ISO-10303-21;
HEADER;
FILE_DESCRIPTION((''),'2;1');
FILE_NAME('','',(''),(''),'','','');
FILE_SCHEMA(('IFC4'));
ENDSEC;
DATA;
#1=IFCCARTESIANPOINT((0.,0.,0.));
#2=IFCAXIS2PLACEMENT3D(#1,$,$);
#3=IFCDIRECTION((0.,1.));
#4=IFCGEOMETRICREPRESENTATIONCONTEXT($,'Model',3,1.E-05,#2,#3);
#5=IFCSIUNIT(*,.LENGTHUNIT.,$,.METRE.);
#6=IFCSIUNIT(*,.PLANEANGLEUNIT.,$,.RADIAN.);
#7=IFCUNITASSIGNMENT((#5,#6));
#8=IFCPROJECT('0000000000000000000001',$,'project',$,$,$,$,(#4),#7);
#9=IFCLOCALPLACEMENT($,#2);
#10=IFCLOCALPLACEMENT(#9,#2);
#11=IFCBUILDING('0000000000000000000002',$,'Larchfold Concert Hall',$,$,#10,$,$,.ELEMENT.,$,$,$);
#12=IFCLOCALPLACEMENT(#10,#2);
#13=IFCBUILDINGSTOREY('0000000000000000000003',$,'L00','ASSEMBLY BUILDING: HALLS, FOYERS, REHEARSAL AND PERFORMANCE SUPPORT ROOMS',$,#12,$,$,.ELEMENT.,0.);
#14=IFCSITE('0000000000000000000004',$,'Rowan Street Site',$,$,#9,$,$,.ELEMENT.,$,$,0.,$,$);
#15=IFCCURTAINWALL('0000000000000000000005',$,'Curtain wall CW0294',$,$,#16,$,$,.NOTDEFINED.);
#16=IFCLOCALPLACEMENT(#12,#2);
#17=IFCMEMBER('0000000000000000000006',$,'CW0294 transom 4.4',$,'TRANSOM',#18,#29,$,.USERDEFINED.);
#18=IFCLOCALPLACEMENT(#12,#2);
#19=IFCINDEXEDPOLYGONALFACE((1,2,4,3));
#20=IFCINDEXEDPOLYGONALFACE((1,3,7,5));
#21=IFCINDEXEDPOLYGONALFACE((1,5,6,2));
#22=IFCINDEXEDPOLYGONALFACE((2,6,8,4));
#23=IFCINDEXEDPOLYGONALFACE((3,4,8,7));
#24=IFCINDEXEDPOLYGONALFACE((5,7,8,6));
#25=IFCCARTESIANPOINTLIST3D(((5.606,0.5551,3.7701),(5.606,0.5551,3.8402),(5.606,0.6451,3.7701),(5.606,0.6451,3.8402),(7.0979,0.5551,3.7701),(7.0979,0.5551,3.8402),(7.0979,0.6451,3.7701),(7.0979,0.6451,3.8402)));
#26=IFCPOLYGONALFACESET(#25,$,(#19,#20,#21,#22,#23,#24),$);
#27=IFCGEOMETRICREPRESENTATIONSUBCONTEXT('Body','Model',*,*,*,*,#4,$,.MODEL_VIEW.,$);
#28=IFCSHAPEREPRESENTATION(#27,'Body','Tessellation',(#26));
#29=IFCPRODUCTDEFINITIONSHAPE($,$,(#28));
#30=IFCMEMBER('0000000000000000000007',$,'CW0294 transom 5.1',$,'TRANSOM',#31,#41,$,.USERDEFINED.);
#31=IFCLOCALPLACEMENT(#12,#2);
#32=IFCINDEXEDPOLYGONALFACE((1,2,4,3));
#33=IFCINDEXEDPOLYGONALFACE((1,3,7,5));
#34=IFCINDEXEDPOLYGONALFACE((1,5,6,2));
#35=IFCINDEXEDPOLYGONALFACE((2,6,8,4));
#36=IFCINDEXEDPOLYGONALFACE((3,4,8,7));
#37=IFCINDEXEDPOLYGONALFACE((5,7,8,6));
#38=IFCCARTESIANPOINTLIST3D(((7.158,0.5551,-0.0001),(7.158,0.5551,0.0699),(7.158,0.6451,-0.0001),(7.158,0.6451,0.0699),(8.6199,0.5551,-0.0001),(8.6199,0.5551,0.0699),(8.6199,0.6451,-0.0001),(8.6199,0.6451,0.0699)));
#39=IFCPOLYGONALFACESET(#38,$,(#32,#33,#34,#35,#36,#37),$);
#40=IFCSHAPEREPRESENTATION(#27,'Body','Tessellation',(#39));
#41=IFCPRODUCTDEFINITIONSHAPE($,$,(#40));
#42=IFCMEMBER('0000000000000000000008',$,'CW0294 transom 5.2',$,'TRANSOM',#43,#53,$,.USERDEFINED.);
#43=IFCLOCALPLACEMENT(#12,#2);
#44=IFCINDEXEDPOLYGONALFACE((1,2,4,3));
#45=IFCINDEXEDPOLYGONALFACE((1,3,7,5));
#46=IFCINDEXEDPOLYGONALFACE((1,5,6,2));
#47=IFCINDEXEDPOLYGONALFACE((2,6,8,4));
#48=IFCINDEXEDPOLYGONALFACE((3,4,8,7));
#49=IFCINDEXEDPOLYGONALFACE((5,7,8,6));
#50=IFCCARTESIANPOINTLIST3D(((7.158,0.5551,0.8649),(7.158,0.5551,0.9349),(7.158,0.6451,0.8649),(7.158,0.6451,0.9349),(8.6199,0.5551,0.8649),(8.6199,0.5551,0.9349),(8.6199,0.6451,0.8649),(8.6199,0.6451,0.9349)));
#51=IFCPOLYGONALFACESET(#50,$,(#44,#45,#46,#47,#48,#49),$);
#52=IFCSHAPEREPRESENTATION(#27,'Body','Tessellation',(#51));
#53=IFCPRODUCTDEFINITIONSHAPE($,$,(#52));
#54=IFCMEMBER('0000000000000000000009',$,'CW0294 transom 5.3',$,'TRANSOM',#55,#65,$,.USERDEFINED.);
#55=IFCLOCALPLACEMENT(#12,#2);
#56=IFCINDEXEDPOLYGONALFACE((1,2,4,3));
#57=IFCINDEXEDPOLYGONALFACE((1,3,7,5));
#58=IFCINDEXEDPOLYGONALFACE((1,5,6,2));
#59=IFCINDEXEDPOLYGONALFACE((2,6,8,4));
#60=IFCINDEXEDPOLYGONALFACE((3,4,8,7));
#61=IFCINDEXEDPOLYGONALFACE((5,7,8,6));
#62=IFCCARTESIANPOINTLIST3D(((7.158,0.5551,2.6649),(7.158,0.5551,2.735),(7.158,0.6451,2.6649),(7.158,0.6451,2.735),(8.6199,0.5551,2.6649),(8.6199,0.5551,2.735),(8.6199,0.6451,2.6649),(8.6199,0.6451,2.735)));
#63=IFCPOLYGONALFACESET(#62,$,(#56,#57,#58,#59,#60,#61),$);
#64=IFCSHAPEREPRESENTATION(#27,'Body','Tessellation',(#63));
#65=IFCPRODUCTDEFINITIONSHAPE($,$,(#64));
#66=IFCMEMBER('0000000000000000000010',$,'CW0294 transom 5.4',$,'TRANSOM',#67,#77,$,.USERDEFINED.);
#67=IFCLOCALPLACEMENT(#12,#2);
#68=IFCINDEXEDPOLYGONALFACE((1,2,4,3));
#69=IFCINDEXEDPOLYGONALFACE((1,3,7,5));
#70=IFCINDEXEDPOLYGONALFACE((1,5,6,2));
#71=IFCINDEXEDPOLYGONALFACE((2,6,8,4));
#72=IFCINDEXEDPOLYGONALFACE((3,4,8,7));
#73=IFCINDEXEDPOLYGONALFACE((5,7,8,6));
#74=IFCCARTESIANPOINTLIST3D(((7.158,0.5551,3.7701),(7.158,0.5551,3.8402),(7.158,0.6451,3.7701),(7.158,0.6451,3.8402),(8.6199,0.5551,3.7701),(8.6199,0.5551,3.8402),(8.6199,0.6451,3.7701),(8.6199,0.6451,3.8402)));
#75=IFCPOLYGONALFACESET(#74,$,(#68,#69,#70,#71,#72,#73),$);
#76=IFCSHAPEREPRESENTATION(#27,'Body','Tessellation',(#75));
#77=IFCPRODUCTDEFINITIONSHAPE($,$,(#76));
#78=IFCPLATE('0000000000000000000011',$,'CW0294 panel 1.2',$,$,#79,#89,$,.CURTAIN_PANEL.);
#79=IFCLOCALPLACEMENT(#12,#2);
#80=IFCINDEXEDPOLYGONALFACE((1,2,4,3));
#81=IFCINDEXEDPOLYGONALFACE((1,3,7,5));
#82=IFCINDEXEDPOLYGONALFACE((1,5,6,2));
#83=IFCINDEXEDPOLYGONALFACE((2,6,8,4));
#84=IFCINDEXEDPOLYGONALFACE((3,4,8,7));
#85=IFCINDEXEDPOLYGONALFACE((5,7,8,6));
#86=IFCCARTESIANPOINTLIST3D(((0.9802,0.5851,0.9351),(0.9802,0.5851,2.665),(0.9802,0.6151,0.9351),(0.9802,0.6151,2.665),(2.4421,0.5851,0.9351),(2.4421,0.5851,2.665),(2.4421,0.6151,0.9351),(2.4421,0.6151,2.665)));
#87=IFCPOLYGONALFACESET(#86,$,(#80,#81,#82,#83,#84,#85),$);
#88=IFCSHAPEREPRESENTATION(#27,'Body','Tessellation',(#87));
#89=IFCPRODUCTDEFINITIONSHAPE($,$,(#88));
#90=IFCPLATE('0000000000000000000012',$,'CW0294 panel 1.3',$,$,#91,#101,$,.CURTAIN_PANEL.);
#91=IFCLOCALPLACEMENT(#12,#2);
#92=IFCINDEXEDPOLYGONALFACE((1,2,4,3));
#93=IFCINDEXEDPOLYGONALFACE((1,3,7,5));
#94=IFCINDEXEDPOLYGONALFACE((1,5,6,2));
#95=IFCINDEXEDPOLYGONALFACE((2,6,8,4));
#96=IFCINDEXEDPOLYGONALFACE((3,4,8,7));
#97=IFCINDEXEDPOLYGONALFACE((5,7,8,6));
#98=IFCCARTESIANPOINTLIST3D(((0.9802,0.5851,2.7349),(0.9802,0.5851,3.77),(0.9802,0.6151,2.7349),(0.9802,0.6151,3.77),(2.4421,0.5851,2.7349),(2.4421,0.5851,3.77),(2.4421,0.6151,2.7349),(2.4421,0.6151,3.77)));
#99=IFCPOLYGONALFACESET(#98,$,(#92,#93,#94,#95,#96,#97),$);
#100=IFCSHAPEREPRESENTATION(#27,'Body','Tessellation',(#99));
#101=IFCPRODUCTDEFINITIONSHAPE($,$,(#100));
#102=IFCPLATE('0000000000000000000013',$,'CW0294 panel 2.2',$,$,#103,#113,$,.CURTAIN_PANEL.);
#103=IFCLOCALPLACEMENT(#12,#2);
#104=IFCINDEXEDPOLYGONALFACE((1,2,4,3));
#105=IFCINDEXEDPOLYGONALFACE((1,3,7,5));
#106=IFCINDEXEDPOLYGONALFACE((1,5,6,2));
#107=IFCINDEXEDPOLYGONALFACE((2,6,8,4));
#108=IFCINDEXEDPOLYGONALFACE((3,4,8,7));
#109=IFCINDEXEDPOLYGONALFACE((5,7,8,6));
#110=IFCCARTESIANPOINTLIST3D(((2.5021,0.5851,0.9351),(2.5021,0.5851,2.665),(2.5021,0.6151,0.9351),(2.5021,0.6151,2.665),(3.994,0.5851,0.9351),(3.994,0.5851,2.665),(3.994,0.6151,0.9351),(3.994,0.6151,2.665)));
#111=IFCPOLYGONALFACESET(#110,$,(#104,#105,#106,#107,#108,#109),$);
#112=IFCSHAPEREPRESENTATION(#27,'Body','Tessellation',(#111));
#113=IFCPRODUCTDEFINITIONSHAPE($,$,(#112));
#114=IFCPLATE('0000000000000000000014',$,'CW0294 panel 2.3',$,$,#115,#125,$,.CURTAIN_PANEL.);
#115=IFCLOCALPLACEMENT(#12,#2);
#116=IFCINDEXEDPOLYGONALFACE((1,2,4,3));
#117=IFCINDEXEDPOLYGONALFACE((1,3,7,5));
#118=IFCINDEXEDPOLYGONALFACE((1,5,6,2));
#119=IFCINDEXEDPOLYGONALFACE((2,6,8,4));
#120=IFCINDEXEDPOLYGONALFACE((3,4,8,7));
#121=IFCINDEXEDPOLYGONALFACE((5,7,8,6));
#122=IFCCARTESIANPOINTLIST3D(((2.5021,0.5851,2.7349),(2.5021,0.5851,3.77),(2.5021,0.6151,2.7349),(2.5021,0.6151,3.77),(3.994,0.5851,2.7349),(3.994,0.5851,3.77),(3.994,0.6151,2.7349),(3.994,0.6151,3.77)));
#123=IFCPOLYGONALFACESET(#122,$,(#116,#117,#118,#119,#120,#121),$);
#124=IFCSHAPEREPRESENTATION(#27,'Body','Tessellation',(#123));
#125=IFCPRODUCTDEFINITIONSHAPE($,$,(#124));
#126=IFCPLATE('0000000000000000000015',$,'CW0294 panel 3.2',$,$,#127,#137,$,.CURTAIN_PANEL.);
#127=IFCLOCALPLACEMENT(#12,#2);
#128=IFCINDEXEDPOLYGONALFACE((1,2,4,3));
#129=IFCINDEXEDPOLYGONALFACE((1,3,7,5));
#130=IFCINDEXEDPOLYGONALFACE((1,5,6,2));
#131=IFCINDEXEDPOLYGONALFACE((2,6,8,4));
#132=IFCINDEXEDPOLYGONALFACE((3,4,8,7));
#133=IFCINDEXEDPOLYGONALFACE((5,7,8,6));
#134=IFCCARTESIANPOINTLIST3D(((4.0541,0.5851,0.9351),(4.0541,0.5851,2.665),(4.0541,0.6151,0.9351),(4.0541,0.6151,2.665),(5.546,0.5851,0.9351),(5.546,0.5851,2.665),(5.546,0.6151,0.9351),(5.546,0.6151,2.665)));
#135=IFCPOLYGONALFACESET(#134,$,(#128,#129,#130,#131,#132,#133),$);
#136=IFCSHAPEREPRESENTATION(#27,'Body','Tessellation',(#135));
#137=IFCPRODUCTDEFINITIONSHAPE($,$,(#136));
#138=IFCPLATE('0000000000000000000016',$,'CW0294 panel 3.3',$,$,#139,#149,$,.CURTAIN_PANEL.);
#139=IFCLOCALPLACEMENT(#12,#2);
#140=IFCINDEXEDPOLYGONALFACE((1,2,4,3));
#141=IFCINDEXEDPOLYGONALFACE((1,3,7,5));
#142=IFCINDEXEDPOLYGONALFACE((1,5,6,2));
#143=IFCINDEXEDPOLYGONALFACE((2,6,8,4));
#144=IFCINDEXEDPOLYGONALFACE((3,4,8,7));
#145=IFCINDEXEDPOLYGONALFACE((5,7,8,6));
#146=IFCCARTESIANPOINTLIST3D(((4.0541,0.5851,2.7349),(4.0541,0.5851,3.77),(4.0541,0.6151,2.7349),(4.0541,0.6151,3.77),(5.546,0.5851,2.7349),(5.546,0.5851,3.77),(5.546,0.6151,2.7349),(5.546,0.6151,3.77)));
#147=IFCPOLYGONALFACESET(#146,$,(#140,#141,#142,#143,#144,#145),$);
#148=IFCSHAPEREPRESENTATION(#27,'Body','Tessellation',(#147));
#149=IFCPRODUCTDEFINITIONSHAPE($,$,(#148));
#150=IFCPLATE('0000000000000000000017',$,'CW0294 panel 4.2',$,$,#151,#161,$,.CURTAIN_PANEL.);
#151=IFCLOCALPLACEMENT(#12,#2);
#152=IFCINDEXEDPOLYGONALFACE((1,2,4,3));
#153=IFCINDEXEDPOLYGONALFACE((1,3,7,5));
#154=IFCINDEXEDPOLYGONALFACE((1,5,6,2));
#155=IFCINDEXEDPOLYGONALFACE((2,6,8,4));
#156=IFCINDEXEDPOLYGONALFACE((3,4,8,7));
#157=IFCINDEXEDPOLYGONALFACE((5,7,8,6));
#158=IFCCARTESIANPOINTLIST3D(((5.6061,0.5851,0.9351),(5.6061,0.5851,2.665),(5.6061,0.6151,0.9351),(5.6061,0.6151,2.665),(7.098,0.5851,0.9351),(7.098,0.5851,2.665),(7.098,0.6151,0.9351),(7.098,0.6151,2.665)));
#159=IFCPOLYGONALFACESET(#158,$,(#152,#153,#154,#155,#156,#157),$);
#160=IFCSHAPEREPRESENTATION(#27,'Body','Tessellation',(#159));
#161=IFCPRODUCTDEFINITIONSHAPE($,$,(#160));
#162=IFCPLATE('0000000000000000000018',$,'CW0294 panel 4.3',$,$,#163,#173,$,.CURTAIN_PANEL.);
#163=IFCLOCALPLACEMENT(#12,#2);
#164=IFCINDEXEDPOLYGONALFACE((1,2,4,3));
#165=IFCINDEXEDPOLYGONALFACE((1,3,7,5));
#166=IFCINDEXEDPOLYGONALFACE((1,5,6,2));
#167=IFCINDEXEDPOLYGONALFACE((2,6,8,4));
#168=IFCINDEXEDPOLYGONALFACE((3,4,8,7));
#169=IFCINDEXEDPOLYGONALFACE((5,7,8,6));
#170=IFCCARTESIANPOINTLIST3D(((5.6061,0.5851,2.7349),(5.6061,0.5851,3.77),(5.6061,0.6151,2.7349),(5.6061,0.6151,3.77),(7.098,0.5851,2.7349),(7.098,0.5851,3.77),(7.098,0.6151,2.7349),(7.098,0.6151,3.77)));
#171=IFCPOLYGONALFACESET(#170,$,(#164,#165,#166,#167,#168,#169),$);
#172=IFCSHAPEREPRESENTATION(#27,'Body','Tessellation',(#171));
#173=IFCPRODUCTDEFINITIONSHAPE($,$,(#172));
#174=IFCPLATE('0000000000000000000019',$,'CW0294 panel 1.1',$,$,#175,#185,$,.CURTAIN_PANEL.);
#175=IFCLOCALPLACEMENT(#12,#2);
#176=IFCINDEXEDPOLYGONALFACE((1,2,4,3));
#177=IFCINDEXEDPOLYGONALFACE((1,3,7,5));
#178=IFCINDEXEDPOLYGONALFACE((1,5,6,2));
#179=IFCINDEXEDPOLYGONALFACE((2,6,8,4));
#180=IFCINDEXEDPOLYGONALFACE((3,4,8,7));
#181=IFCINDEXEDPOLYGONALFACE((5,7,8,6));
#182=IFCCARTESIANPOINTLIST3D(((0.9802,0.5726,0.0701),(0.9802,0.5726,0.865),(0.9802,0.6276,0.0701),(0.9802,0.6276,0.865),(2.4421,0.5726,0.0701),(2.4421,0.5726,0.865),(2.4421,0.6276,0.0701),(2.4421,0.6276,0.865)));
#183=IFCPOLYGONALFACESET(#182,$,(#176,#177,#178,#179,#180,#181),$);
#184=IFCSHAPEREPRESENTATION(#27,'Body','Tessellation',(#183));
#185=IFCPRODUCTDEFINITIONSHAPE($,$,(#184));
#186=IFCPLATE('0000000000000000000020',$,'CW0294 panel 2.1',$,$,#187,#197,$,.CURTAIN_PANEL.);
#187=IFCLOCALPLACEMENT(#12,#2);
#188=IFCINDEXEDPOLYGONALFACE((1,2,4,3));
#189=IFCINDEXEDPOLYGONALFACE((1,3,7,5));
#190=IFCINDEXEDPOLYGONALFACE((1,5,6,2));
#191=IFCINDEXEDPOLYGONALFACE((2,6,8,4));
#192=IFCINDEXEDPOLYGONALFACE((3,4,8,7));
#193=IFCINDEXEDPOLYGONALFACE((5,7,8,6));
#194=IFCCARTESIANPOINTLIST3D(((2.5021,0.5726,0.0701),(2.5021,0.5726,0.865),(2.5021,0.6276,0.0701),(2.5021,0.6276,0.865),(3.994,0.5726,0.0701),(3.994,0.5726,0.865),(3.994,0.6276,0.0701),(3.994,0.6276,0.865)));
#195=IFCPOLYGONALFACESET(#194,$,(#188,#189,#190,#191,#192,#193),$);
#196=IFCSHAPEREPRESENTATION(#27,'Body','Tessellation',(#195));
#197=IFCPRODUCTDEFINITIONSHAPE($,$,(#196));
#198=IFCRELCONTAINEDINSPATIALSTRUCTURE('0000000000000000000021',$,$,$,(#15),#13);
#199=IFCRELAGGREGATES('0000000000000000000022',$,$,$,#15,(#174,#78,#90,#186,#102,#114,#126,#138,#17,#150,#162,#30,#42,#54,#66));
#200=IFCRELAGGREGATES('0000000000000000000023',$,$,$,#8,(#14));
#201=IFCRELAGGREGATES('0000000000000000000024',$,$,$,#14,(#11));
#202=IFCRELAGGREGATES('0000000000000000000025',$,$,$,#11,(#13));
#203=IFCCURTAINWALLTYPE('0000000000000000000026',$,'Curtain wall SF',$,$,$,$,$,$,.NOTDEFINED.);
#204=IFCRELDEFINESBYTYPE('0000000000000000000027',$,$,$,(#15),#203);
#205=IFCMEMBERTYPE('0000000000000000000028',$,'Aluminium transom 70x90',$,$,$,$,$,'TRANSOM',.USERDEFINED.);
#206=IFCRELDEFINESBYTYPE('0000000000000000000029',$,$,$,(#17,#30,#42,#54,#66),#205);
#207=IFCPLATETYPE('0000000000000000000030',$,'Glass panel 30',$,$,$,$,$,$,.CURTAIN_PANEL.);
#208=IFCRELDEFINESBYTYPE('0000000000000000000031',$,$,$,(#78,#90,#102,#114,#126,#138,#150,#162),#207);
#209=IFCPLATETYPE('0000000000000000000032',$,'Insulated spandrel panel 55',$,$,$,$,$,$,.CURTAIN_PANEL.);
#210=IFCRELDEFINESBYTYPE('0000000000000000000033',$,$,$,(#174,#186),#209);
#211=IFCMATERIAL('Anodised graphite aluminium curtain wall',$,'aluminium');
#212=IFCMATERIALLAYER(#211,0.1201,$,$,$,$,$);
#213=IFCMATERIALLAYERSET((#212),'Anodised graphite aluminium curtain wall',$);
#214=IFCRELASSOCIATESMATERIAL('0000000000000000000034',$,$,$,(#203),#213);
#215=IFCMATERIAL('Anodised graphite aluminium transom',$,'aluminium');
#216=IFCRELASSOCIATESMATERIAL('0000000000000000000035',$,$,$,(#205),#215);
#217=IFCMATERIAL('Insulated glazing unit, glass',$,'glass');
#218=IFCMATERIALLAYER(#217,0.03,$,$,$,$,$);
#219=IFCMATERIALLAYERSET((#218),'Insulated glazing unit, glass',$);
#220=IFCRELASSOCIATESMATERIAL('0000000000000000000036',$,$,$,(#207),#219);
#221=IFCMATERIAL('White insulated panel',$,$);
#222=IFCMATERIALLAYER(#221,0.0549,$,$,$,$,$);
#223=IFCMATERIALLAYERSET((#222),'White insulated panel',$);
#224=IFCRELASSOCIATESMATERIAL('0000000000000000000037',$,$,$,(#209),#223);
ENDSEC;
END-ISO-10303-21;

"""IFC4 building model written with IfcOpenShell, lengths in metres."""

from ifc_helpers import new_model, si_unit, direction, frame, origin, origin_2d, place, context, subcontext, project, spatial, rectangle, extrude, material, layer, layer_set, material_profile, profile_set, type_object, element, aggregate, save


model = new_model("IFC4")

# Units and contexts
model_context = context("Model", 3, precision=1e-05, world=origin(), true_north=direction((0.0, 1.0)))
body_context = subcontext(model_context, "Body", "Model", "MODEL_VIEW")
ifc_project = project(units=[si_unit("LENGTHUNIT", "METRE"), si_unit("PLANEANGLEUNIT", "RADIAN")], contexts=[model_context])

# Site, building, storey
site_placement = place(None, origin())
site = spatial("IfcSite", under=ifc_project, at=site_placement, Name="Rowan Street Site", CompositionType="ELEMENT", RefElevation=0.0)
building_placement = place(site_placement, origin())
building = spatial("IfcBuilding", under=site, at=building_placement, Name="Larchfold Concert Hall", CompositionType="ELEMENT")
storey_placement = place(building_placement, origin())
storey = spatial("IfcBuildingStorey", under=building, at=storey_placement, Name="L00", Description="ASSEMBLY BUILDING: HALLS, FOYERS, REHEARSAL AND PERFORMANCE SUPPORT ROOMS", CompositionType="ELEMENT", Elevation=0.0)

# Curtain wall, members, plates
ifc_material_1 = material(Name="Anodised graphite aluminium curtain wall", Category="aluminium")
ifc_layer_1 = layer(ifc_material_1, 0.1201)
ifc_layer_set_1 = layer_set([ifc_layer_1], Name="Anodised graphite aluminium curtain wall")
curtain_wall_type = type_object("IfcCurtainWallType", Name="Curtain wall SF", PredefinedType="NOTDEFINED", material=ifc_layer_set_1)
curtain_wall_placement = place(storey_placement, origin())
curtain_wall = element("IfcCurtainWall", 1, at=curtain_wall_placement, inside=storey, type_object=curtain_wall_type, Name="Curtain wall CW0294", PredefinedType="NOTDEFINED")
ifc_material_2 = material(Name="Anodised graphite aluminium transom", Category="aluminium")
ifc_material_profile_1 = material_profile(ifc_material_2, rectangle(XDim=0.0901, YDim=0.0701, at=origin_2d()))
ifc_profile_set_1 = profile_set([ifc_material_profile_1], Name="Anodised graphite aluminium transom")
member_type_1 = type_object("IfcMemberType", Name="Aluminium transom 70x90", ElementType="TRANSOM", PredefinedType="USERDEFINED", material=ifc_profile_set_1)
member_1_placement = place(storey_placement, frame((5.606, 0.6001, 3.8052), z_axis=(1.0, 0.0, 0.0), x_axis=(0.0, 1.0, 0.0)))
member_1 = element("IfcMember", 2, at=member_1_placement, type_object=member_type_1, Name="CW0294 transom 4.4", ObjectType="TRANSOM", PredefinedType="USERDEFINED", context=body_context, shape_type="SweptSolid", body=[
    extrude(rectangle(XDim=0.0901, YDim=0.0701, at=origin_2d()), origin(), (0.0, 0.0, 1.0), 1.4919),
])
member_2_placement = place(storey_placement, frame((7.158, 0.6001, 0.0349), z_axis=(1.0, 0.0, 0.0), x_axis=(0.0, 1.0, 0.0)))
member_2 = element("IfcMember", 3, at=member_2_placement, type_object=member_type_1, Name="CW0294 transom 5.1", ObjectType="TRANSOM", PredefinedType="USERDEFINED", context=body_context, shape_type="SweptSolid", body=[
    extrude(rectangle(XDim=0.0901, YDim=0.0701, at=origin_2d()), origin(), (0.0, 0.0, 1.0), 1.4619),
])
member_3_placement = place(storey_placement, frame((7.158, 0.6001, 0.8999), z_axis=(1.0, 0.0, 0.0), x_axis=(0.0, 1.0, 0.0)))
member_3 = element("IfcMember", 4, at=member_3_placement, type_object=member_type_1, Name="CW0294 transom 5.2", ObjectType="TRANSOM", PredefinedType="USERDEFINED", context=body_context, shape_type="SweptSolid", body=[
    extrude(rectangle(XDim=0.0901, YDim=0.0701, at=origin_2d()), origin(), (0.0, 0.0, 1.0), 1.4619),
])
member_4_placement = place(storey_placement, frame((7.158, 0.6001, 2.7), z_axis=(1.0, 0.0, 0.0), x_axis=(0.0, 1.0, 0.0)))
member_4 = element("IfcMember", 5, at=member_4_placement, type_object=member_type_1, Name="CW0294 transom 5.3", ObjectType="TRANSOM", PredefinedType="USERDEFINED", context=body_context, shape_type="SweptSolid", body=[
    extrude(rectangle(XDim=0.0901, YDim=0.0701, at=origin_2d()), origin(), (0.0, 0.0, 1.0), 1.4619),
])
member_5_placement = place(storey_placement, frame((7.158, 0.6001, 3.8052), z_axis=(1.0, 0.0, 0.0), x_axis=(0.0, 1.0, 0.0)))
member_5 = element("IfcMember", 6, at=member_5_placement, type_object=member_type_1, Name="CW0294 transom 5.4", ObjectType="TRANSOM", PredefinedType="USERDEFINED", context=body_context, shape_type="SweptSolid", body=[
    extrude(rectangle(XDim=0.0901, YDim=0.0701, at=origin_2d()), origin(), (0.0, 0.0, 1.0), 1.4619),
])
ifc_material_3 = material(Name="Insulated glazing unit, glass", Category="glass")
ifc_layer_2 = layer(ifc_material_3, 0.03)
ifc_layer_set_2 = layer_set([ifc_layer_2], Name="Insulated glazing unit, glass")
plate_type_1 = type_object("IfcPlateType", Name="Glass panel 30", PredefinedType="CURTAIN_PANEL", material=ifc_layer_set_2)
plate_1_placement = place(storey_placement, frame((1.7112, 0.6001, 0.9351), z_axis=(0.0, 0.0, 1.0), x_axis=(1.0, 0.0, 0.0)))
plate_1 = element("IfcPlate", 7, at=plate_1_placement, type_object=plate_type_1, Name="CW0294 panel 1.2", PredefinedType="CURTAIN_PANEL", context=body_context, shape_type="SweptSolid", body=[
    extrude(rectangle(XDim=1.4619, YDim=0.03, at=origin_2d()), origin(), (0.0, 0.0, 1.0), 1.73),
])
plate_2_placement = place(storey_placement, frame((1.7112, 0.6001, 2.7349), z_axis=(0.0, 0.0, 1.0), x_axis=(1.0, 0.0, 0.0)))
plate_2 = element("IfcPlate", 8, at=plate_2_placement, type_object=plate_type_1, Name="CW0294 panel 1.3", PredefinedType="CURTAIN_PANEL", context=body_context, shape_type="SweptSolid", body=[
    extrude(rectangle(XDim=1.4619, YDim=0.03, at=origin_2d()), origin(), (0.0, 0.0, 1.0), 1.0352),
])
plate_3_placement = place(storey_placement, frame((3.248, 0.6001, 0.9351), z_axis=(0.0, 0.0, 1.0), x_axis=(1.0, 0.0, 0.0)))
plate_3 = element("IfcPlate", 9, at=plate_3_placement, type_object=plate_type_1, Name="CW0294 panel 2.2", PredefinedType="CURTAIN_PANEL", context=body_context, shape_type="SweptSolid", body=[
    extrude(rectangle(XDim=1.4919, YDim=0.03, at=origin_2d()), origin(), (0.0, 0.0, 1.0), 1.73),
])
plate_4_placement = place(storey_placement, frame((3.248, 0.6001, 2.7349), z_axis=(0.0, 0.0, 1.0), x_axis=(1.0, 0.0, 0.0)))
plate_4 = element("IfcPlate", 10, at=plate_4_placement, type_object=plate_type_1, Name="CW0294 panel 2.3", PredefinedType="CURTAIN_PANEL", context=body_context, shape_type="SweptSolid", body=[
    extrude(rectangle(XDim=1.4919, YDim=0.03, at=origin_2d()), origin(), (0.0, 0.0, 1.0), 1.0352),
])
plate_5_placement = place(storey_placement, frame((4.8, 0.6001, 0.9351), z_axis=(0.0, 0.0, 1.0), x_axis=(1.0, 0.0, 0.0)))
plate_5 = element("IfcPlate", 11, at=plate_5_placement, type_object=plate_type_1, Name="CW0294 panel 3.2", PredefinedType="CURTAIN_PANEL", context=body_context, shape_type="SweptSolid", body=[
    extrude(rectangle(XDim=1.4919, YDim=0.03, at=origin_2d()), origin(), (0.0, 0.0, 1.0), 1.73),
])
plate_6_placement = place(storey_placement, frame((4.8, 0.6001, 2.7349), z_axis=(0.0, 0.0, 1.0), x_axis=(1.0, 0.0, 0.0)))
plate_6 = element("IfcPlate", 12, at=plate_6_placement, type_object=plate_type_1, Name="CW0294 panel 3.3", PredefinedType="CURTAIN_PANEL", context=body_context, shape_type="SweptSolid", body=[
    extrude(rectangle(XDim=1.4919, YDim=0.03, at=origin_2d()), origin(), (0.0, 0.0, 1.0), 1.0352),
])
plate_7_placement = place(storey_placement, frame((6.3521, 0.6001, 0.9351), z_axis=(0.0, 0.0, 1.0), x_axis=(1.0, 0.0, 0.0)))
plate_7 = element("IfcPlate", 13, at=plate_7_placement, type_object=plate_type_1, Name="CW0294 panel 4.2", PredefinedType="CURTAIN_PANEL", context=body_context, shape_type="SweptSolid", body=[
    extrude(rectangle(XDim=1.4919, YDim=0.03, at=origin_2d()), origin(), (0.0, 0.0, 1.0), 1.73),
])
plate_8_placement = place(storey_placement, frame((6.3521, 0.6001, 2.7349), z_axis=(0.0, 0.0, 1.0), x_axis=(1.0, 0.0, 0.0)))
plate_8 = element("IfcPlate", 14, at=plate_8_placement, type_object=plate_type_1, Name="CW0294 panel 4.3", PredefinedType="CURTAIN_PANEL", context=body_context, shape_type="SweptSolid", body=[
    extrude(rectangle(XDim=1.4919, YDim=0.03, at=origin_2d()), origin(), (0.0, 0.0, 1.0), 1.0352),
])
ifc_material_4 = material(Name="White insulated panel")
ifc_layer_3 = layer(ifc_material_4, 0.0549)
ifc_layer_set_3 = layer_set([ifc_layer_3], Name="White insulated panel")
plate_type_2 = type_object("IfcPlateType", Name="Insulated spandrel panel 55", PredefinedType="CURTAIN_PANEL", material=ifc_layer_set_3)
plate_9_placement = place(storey_placement, frame((1.7112, 0.6001, 0.0701), z_axis=(0.0, 0.0, 1.0), x_axis=(1.0, 0.0, 0.0)))
plate_9 = element("IfcPlate", 15, at=plate_9_placement, type_object=plate_type_2, Name="CW0294 panel 1.1", PredefinedType="CURTAIN_PANEL", context=body_context, shape_type="SweptSolid", body=[
    extrude(rectangle(XDim=1.4619, YDim=0.0549, at=origin_2d()), origin(), (0.0, 0.0, 1.0), 0.7949),
])
plate_10_placement = place(storey_placement, frame((3.248, 0.6001, 0.0701), z_axis=(0.0, 0.0, 1.0), x_axis=(1.0, 0.0, 0.0)))
plate_10 = element("IfcPlate", 16, at=plate_10_placement, type_object=plate_type_2, Name="CW0294 panel 2.1", PredefinedType="CURTAIN_PANEL", context=body_context, shape_type="SweptSolid", body=[
    extrude(rectangle(XDim=1.4919, YDim=0.0549, at=origin_2d()), origin(), (0.0, 0.0, 1.0), 0.7949),
])
aggregate(curtain_wall, [plate_9, plate_1, plate_2, plate_10, plate_3, plate_4, plate_5, plate_6, member_1, plate_7, plate_8, member_2, member_3, member_4, member_5])

save(model, "model.ifc")
